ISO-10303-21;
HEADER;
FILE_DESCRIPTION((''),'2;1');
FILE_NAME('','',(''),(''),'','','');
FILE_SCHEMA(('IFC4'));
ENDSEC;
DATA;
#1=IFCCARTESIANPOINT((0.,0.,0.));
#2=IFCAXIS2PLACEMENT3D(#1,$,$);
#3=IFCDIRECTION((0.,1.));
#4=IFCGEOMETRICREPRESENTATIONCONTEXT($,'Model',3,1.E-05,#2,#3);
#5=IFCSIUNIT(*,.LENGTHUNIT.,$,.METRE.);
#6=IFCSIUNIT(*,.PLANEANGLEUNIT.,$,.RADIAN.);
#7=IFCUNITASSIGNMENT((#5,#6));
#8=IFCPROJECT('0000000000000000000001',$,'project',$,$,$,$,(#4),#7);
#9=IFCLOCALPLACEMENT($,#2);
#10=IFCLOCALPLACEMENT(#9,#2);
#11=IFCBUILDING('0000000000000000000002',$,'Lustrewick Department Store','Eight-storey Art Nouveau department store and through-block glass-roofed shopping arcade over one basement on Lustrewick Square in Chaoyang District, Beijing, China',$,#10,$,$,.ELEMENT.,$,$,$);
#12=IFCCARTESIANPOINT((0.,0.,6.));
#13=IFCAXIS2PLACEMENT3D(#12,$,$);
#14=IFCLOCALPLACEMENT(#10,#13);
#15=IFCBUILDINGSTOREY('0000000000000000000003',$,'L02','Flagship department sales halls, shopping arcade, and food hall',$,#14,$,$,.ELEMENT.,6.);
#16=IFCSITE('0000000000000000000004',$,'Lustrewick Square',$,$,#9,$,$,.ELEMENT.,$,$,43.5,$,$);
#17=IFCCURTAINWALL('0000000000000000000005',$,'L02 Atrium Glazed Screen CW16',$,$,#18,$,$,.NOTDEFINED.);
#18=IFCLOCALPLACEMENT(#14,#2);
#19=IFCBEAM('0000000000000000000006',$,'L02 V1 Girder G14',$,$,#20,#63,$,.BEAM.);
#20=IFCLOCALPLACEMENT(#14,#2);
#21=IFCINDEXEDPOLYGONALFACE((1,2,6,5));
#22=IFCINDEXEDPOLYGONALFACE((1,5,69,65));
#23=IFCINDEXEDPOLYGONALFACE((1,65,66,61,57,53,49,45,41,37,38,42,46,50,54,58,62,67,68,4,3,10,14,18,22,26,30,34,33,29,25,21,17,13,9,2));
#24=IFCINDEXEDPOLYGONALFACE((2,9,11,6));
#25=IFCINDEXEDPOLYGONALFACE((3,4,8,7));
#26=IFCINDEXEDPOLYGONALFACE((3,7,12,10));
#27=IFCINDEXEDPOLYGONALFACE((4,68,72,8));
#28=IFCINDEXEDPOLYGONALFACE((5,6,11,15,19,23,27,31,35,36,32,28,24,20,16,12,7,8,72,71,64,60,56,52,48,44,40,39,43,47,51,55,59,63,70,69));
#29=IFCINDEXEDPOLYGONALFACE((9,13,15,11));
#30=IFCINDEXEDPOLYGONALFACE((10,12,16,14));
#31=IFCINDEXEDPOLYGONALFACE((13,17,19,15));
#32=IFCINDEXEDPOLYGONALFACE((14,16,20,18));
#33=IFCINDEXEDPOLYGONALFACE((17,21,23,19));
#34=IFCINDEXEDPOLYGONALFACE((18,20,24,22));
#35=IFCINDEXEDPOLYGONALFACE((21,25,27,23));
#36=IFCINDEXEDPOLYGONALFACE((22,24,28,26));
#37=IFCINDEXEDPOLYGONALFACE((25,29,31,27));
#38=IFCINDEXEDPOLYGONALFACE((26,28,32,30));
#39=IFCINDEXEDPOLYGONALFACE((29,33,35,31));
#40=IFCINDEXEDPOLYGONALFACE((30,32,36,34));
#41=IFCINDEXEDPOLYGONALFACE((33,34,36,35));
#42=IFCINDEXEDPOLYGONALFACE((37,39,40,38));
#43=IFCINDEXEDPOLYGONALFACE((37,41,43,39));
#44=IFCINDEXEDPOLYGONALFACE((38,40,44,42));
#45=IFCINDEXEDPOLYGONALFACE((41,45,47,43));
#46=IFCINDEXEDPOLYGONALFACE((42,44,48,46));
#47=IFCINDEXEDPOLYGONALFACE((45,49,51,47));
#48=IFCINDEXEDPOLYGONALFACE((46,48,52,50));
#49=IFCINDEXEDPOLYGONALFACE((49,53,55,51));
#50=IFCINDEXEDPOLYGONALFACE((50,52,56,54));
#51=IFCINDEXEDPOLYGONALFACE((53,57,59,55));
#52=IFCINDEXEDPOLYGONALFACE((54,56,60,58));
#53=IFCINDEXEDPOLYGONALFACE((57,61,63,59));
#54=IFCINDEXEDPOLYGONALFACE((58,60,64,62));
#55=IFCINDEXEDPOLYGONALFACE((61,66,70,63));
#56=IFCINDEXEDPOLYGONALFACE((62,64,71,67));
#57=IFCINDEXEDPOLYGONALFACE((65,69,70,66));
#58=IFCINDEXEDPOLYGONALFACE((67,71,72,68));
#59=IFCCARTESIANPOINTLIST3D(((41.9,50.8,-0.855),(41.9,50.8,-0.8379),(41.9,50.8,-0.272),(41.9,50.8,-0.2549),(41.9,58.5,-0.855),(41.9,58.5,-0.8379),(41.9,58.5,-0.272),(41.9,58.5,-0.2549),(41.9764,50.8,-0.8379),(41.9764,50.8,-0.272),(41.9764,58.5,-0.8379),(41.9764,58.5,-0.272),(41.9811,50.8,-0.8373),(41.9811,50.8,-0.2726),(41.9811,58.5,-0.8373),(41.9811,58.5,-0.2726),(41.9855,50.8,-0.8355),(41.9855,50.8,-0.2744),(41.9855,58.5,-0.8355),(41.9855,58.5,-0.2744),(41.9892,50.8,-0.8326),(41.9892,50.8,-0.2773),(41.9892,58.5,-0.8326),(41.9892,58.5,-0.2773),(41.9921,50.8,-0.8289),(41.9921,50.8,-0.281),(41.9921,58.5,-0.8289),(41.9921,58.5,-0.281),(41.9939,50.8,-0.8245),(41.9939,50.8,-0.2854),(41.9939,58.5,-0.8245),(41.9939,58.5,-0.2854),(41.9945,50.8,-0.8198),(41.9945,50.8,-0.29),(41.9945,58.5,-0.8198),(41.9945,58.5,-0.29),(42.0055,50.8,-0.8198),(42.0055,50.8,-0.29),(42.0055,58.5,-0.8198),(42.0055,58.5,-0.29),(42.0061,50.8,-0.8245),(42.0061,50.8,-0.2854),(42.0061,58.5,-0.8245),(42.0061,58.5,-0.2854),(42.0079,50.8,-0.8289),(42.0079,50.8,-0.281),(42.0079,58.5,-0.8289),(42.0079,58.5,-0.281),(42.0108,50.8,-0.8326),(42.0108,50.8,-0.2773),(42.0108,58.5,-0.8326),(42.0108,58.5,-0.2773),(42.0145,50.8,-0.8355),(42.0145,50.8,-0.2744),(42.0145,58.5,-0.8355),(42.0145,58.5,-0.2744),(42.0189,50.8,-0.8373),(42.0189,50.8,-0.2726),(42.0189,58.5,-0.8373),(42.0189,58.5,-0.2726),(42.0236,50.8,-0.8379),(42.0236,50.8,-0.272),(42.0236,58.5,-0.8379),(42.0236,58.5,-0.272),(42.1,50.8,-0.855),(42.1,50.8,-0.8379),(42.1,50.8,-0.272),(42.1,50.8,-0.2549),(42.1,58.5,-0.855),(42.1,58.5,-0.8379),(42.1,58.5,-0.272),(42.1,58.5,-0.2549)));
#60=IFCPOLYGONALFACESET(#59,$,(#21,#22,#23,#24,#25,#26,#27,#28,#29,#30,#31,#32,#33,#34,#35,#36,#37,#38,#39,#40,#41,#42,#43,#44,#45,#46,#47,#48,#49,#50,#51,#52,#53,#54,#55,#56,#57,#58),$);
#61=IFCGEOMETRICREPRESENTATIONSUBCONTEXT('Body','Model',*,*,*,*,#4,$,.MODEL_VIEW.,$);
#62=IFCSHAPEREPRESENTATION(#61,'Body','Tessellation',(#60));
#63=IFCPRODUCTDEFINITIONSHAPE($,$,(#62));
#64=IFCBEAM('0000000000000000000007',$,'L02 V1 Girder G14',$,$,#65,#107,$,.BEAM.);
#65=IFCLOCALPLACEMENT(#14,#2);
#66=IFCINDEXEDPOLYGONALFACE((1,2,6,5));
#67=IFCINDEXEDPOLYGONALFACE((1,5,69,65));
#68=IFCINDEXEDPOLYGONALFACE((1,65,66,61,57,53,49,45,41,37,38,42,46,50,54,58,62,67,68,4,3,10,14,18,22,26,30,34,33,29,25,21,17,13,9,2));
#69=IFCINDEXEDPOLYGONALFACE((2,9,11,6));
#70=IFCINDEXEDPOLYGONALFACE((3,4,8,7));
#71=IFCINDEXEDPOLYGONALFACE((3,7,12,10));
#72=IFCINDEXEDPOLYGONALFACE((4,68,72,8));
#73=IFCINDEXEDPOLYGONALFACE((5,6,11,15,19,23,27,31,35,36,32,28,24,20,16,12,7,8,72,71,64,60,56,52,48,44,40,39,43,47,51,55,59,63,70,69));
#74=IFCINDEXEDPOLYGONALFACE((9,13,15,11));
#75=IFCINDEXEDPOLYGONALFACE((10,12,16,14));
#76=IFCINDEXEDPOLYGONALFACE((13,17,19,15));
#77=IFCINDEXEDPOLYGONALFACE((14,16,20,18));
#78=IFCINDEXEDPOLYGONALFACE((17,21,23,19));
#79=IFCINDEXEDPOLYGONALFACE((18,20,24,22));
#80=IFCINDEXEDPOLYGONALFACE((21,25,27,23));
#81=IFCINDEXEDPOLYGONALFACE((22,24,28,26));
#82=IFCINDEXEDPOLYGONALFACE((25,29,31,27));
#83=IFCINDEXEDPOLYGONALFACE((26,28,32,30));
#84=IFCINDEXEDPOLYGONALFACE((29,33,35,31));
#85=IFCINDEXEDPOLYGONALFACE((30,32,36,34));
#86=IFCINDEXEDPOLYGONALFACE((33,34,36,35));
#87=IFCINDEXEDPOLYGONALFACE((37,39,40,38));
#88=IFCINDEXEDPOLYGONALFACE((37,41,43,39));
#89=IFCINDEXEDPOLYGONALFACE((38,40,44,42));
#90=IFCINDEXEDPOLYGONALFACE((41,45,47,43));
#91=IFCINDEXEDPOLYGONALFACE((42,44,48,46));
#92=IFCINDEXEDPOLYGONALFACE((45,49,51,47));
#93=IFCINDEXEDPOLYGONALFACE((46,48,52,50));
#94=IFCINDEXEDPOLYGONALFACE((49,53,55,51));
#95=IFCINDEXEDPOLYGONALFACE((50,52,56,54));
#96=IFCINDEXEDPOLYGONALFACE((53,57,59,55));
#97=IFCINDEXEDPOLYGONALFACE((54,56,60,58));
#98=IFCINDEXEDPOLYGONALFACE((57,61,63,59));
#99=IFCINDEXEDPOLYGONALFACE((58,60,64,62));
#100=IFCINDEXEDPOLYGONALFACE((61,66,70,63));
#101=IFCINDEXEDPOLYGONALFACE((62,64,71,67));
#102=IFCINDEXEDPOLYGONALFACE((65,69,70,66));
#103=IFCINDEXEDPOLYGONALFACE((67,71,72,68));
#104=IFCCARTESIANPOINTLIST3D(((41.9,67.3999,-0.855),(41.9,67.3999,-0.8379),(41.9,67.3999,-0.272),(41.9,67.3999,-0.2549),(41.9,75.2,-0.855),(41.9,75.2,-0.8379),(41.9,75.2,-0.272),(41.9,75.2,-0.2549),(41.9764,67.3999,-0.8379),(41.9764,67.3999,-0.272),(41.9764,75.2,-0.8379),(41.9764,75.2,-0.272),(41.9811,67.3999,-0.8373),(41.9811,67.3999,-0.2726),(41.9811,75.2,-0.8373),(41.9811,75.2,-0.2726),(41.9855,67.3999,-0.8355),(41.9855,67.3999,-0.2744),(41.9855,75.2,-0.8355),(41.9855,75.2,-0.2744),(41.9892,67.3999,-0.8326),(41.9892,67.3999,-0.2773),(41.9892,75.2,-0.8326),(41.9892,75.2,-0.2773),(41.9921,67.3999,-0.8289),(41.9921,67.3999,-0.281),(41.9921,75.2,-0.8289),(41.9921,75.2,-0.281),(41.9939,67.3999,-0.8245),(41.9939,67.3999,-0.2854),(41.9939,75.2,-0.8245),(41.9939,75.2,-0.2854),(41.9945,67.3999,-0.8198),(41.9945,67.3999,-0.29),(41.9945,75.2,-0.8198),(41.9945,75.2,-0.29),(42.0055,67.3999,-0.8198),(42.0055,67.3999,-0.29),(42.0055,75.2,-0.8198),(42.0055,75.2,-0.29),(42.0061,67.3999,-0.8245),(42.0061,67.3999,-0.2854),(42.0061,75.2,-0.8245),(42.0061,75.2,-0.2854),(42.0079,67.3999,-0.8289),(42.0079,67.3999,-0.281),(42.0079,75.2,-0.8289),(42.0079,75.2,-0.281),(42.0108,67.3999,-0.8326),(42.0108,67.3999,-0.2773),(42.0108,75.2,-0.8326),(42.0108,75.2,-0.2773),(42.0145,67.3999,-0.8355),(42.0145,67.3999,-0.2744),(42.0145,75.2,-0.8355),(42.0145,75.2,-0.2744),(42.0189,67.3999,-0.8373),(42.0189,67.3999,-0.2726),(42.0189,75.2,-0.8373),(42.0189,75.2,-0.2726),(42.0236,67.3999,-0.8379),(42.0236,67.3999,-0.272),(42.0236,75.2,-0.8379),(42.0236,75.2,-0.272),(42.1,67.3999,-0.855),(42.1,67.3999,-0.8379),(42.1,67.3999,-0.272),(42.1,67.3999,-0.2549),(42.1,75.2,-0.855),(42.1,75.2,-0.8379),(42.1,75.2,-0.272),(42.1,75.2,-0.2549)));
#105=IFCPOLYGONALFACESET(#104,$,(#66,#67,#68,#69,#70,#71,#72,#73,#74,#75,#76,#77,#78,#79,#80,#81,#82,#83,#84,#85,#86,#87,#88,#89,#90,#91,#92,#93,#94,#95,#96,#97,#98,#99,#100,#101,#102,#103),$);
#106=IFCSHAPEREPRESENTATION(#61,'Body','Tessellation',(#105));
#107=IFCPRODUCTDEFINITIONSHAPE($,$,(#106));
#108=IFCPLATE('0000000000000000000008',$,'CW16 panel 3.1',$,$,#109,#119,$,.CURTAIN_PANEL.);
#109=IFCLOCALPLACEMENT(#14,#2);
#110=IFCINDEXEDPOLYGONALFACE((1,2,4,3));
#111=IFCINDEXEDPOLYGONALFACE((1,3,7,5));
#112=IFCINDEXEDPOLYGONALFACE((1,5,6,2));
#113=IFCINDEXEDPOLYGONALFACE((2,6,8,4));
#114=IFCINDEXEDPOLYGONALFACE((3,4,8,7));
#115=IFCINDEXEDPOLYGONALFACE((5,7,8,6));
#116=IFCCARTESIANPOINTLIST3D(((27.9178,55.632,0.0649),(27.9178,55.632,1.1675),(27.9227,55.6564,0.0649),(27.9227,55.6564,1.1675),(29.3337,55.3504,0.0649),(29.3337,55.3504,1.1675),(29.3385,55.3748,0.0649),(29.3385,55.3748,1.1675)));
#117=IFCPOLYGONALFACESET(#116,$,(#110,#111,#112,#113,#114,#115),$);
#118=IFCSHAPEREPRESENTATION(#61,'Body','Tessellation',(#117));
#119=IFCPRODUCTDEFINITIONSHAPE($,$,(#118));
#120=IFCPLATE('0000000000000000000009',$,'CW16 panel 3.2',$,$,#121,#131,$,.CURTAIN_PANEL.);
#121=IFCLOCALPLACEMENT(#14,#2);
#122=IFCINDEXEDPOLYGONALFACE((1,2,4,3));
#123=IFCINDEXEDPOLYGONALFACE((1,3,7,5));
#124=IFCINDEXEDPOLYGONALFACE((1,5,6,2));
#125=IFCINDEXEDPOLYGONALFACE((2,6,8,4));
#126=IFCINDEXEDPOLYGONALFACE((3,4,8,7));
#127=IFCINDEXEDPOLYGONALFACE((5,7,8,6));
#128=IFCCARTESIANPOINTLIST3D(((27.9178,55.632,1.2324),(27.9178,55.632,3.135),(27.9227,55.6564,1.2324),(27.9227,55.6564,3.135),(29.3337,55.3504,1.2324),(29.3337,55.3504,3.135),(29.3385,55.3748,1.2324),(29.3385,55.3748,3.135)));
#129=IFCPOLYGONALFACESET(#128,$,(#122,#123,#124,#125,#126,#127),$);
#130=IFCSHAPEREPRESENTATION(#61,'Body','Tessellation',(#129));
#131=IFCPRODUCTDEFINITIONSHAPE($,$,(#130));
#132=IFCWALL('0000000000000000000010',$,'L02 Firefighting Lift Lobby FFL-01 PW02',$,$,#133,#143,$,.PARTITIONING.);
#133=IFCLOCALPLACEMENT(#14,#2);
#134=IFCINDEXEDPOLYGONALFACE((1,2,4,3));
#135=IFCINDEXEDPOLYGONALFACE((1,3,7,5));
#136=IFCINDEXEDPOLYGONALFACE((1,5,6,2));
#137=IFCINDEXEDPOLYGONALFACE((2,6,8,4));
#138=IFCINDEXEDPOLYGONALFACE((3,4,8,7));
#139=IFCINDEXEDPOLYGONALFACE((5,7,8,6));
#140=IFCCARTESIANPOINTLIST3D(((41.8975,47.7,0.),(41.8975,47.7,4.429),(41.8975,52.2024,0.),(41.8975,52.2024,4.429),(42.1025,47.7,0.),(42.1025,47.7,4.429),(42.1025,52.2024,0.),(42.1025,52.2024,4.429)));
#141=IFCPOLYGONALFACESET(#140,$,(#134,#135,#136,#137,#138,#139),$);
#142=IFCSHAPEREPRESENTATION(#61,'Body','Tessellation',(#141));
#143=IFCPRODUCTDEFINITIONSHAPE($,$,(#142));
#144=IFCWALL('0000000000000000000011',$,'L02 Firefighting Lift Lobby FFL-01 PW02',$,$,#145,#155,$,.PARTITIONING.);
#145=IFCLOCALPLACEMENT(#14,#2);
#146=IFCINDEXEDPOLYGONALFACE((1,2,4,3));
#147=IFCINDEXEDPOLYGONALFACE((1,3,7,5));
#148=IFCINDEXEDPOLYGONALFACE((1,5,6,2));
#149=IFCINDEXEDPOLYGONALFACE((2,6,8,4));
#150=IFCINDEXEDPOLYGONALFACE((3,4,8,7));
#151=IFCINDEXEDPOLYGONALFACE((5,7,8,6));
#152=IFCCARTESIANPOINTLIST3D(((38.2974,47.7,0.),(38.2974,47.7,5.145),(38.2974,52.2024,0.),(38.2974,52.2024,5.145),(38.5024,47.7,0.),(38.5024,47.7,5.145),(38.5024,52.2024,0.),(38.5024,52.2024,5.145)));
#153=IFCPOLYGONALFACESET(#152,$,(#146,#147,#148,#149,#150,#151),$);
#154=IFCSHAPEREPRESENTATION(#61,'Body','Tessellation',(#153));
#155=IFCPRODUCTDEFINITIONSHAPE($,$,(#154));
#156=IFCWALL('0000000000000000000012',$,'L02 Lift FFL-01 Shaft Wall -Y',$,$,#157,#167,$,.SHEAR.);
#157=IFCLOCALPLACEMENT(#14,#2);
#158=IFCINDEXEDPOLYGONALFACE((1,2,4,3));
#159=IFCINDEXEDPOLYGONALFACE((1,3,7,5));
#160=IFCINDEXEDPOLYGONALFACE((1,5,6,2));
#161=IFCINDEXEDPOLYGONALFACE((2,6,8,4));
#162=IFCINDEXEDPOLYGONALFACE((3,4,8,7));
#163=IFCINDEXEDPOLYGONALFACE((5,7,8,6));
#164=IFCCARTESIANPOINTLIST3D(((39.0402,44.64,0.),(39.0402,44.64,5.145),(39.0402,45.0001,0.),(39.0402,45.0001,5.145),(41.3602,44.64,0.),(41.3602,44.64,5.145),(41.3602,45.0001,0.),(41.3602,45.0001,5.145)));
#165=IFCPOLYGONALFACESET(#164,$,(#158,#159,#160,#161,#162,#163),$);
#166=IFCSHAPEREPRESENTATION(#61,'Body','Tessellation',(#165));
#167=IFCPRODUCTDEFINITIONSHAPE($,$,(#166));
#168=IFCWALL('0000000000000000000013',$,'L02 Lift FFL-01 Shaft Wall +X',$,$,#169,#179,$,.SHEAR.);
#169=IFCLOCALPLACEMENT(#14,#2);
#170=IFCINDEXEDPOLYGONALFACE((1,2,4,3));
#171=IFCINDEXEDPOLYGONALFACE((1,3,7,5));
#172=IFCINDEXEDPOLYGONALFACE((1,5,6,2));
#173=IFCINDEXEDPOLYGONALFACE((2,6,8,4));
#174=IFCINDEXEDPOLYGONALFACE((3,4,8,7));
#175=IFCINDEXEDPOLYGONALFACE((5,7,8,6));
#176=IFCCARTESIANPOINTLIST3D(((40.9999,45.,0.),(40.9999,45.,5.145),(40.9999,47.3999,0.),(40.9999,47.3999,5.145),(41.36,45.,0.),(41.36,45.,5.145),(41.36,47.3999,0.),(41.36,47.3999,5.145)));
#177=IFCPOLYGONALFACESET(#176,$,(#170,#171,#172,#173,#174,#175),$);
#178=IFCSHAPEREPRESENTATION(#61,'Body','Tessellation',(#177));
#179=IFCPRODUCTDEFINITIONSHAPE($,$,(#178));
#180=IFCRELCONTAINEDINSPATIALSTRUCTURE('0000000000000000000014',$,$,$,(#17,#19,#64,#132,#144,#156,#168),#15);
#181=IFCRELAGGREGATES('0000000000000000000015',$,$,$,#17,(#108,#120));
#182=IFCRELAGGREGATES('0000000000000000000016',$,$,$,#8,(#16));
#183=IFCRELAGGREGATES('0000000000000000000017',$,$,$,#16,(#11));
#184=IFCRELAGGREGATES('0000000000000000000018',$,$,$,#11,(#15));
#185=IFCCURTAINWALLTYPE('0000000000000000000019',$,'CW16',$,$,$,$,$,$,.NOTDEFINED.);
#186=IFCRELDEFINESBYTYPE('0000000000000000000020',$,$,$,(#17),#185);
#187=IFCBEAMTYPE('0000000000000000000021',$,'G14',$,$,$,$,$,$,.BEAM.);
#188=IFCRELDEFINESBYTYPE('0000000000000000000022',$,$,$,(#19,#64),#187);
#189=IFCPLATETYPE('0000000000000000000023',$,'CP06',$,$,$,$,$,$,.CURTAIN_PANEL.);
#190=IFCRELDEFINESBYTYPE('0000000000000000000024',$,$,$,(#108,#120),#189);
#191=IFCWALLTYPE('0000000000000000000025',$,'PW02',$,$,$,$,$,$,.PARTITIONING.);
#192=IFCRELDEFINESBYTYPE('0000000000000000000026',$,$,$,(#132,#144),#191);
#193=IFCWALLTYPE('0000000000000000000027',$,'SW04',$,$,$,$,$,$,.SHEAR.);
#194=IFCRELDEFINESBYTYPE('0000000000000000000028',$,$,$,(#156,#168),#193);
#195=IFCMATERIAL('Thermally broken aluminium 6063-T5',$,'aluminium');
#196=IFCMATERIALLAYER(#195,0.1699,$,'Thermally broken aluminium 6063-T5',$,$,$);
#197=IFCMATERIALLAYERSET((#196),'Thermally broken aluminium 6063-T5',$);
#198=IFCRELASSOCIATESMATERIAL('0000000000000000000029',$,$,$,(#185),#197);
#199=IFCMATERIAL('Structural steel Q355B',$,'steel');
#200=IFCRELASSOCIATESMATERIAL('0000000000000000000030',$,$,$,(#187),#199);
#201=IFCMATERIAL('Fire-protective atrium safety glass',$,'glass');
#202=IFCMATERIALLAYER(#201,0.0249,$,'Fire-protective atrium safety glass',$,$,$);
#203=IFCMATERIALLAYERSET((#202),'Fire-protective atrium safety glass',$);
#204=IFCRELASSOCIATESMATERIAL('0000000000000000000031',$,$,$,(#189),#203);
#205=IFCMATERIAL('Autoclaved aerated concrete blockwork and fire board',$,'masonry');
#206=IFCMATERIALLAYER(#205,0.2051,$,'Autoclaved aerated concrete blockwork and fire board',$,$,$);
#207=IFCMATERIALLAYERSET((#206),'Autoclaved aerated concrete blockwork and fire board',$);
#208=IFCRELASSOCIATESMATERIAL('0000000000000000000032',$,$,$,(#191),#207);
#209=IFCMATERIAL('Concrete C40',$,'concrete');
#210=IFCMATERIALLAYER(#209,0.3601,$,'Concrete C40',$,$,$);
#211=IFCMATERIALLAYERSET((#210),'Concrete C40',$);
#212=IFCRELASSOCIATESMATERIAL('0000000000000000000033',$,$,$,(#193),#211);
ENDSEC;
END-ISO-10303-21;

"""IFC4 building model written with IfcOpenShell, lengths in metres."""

from ifc_helpers import new_model, si_unit, direction, frame, frame_2d, origin, origin_2d, place, context, subcontext, project, spatial, rectangle, i_section, extrude, material, layer, layer_set, material_profile, profile_set, type_object, element, aggregate, save


model = new_model("IFC4")

# Units and contexts
model_context = context("Model", 3, precision=1e-05, world=origin(), true_north=direction((0.0, 1.0)))
body_context = subcontext(model_context, "Body", "Model", "MODEL_VIEW")
ifc_project = project(units=[si_unit("LENGTHUNIT", "METRE"), si_unit("PLANEANGLEUNIT", "RADIAN")], contexts=[model_context])

# Site, building, storey
site_placement = place(None, origin())
site = spatial("IfcSite", under=ifc_project, at=site_placement, Name="Lustrewick Square", CompositionType="ELEMENT", RefElevation=43.5)
building_placement = place(site_placement, origin())
building = spatial("IfcBuilding", under=site, at=building_placement, Name="Lustrewick Department Store", Description="Eight-storey Art Nouveau department store and through-block glass-roofed shopping arcade over one basement on Lustrewick Square in Chaoyang District, Beijing, China", CompositionType="ELEMENT")
storey_placement = place(building_placement, frame((0.0, 0.0, 6.0)))
storey = spatial("IfcBuildingStorey", under=building, at=storey_placement, Name="L02", Description="Flagship department sales halls, shopping arcade, and food hall", CompositionType="ELEMENT", Elevation=6.0)

# Shared definitions
ifc_material_1 = material(Name="Concrete C40", Category="concrete")

# Curtain wall
ifc_material_2 = material(Name="Thermally broken aluminium 6063-T5", Category="aluminium")
ifc_layer_1 = layer(ifc_material_2, 0.1699, Name="Thermally broken aluminium 6063-T5")
ifc_layer_set_1 = layer_set([ifc_layer_1], Name="Thermally broken aluminium 6063-T5")
curtain_wall_type_1 = type_object("IfcCurtainWallType", Name="CW16", PredefinedType="NOTDEFINED", material=ifc_layer_set_1)
curtain_wall_1_placement = place(storey_placement, origin())
curtain_wall_1 = element("IfcCurtainWall", 1, at=curtain_wall_1_placement, inside=storey, type_object=curtain_wall_type_1, Name="L02 Atrium Glazed Screen CW16", PredefinedType="NOTDEFINED")

# Beams
ifc_material_3 = material(Name="Structural steel Q355B", Category="steel")
ifc_material_profile_1 = material_profile(ifc_material_3, i_section(OverallWidth=0.2, OverallDepth=0.6001, WebThickness=0.011, FlangeThickness=0.0171, FilletRadius=0.0181, at=origin_2d()), Name="HN 600x200x11x17")
ifc_profile_set_1 = profile_set([ifc_material_profile_1], Name="Structural steel Q355B")
beam_type_1 = type_object("IfcBeamType", Name="G14", PredefinedType="BEAM", material=ifc_profile_set_1)
beam_1_placement = place(storey_placement, frame((42.0, 50.8, -0.5549), z_axis=(0.0, 1.0, 0.0), x_axis=(-1.0, 0.0, 0.0)))
element("IfcBeam", 2, at=beam_1_placement, inside=storey, type_object=beam_type_1, Name="L02 V1 Girder G14", PredefinedType="BEAM", context=body_context, shape_type="SweptSolid", body=[
    extrude(i_section(OverallWidth=0.2, OverallDepth=0.6001, WebThickness=0.011, FlangeThickness=0.0171, FilletRadius=0.0181, at=origin_2d()), origin(), (0.0, 0.0, 1.0), 7.7),
])
beam_2_placement = place(storey_placement, frame((42.0, 67.3999, -0.5549), z_axis=(0.0, 1.0, 0.0), x_axis=(-1.0, 0.0, 0.0)))
element("IfcBeam", 3, at=beam_2_placement, inside=storey, type_object=beam_type_1, Name="L02 V1 Girder G14", PredefinedType="BEAM", context=body_context, shape_type="SweptSolid", body=[
    extrude(i_section(OverallWidth=0.2, OverallDepth=0.6001, WebThickness=0.011, FlangeThickness=0.0171, FilletRadius=0.0181, at=origin_2d()), origin(), (0.0, 0.0, 1.0), 7.8),
])

# Plates
ifc_material_4 = material(Name="Fire-protective atrium safety glass", Category="glass")
ifc_layer_2 = layer(ifc_material_4, 0.0249, Name="Fire-protective atrium safety glass")
ifc_layer_set_2 = layer_set([ifc_layer_2], Name="Fire-protective atrium safety glass")
plate_type = type_object("IfcPlateType", Name="CP06", PredefinedType="CURTAIN_PANEL", material=ifc_layer_set_2)
plate_1_placement = place(storey_placement, frame((28.6282, 55.5034, 0.0649), z_axis=(0.0, 0.0, 1.0), x_axis=(0.980786, -0.195085, 0.0)))
plate_1 = element("IfcPlate", 4, at=plate_1_placement, type_object=plate_type, Name="CW16 panel 3.1", PredefinedType="CURTAIN_PANEL", context=body_context, shape_type="SweptSolid", body=[
    extrude(rectangle(XDim=1.4436, YDim=0.0249, at=origin_2d()), origin(), (0.0, 0.0, 1.0), 1.1025),
])
plate_2_placement = place(storey_placement, frame((28.6282, 55.5034, 1.2324), z_axis=(0.0, 0.0, 1.0), x_axis=(0.980786, -0.195085, 0.0)))
plate_2 = element("IfcPlate", 5, at=plate_2_placement, type_object=plate_type, Name="CW16 panel 3.2", PredefinedType="CURTAIN_PANEL", context=body_context, shape_type="SweptSolid", body=[
    extrude(rectangle(XDim=1.4436, YDim=0.0249, at=origin_2d()), origin(), (0.0, 0.0, 1.0), 1.9026),
])
aggregate(curtain_wall_1, [plate_1, plate_2])

# Shared definitions
ifc_material_5 = material(Name="Autoclaved aerated concrete blockwork and fire board", Category="masonry")
ifc_layer_3 = layer(ifc_material_5, 0.2051, Name="Autoclaved aerated concrete blockwork and fire board")
ifc_layer_set_3 = layer_set([ifc_layer_3], Name="Autoclaved aerated concrete blockwork and fire board")
wall_type_1 = type_object("IfcWallType", Name="PW02", PredefinedType="PARTITIONING", material=ifc_layer_set_3)

# Walls
wall_1_placement = place(storey_placement, frame((42.0, 47.7, 0.0), z_axis=(0.0, 0.0, 1.0), x_axis=(0.0, 1.0, 0.0)))
element("IfcWall", 6, at=wall_1_placement, inside=storey, type_object=wall_type_1, Name="L02 Firefighting Lift Lobby FFL-01 PW02", PredefinedType="PARTITIONING", context=body_context, shape_type="SweptSolid", body=[
    extrude(rectangle(XDim=4.5024, YDim=0.2051, at=frame_2d((2.2512, 0.0))), origin(), (0.0, 0.0, 1.0), 4.429),
])
wall_2_placement = place(storey_placement, frame((38.3999, 52.2024, 0.0), z_axis=(0.0, 0.0, 1.0), x_axis=(0.0, -1.0, 0.0)))
element("IfcWall", 7, at=wall_2_placement, inside=storey, type_object=wall_type_1, Name="L02 Firefighting Lift Lobby FFL-01 PW02", PredefinedType="PARTITIONING", context=body_context, shape_type="SweptSolid", body=[
    extrude(rectangle(XDim=4.5024, YDim=0.2051, at=frame_2d((2.2512, 0.0))), origin(), (0.0, 0.0, 1.0), 5.145),
])
ifc_layer_4 = layer(ifc_material_1, 0.3601, Name="Concrete C40")
ifc_layer_set_4 = layer_set([ifc_layer_4], Name="Concrete C40")
wall_type_2 = type_object("IfcWallType", Name="SW04", PredefinedType="SHEAR", material=ifc_layer_set_4)
wall_3_placement = place(storey_placement, frame((39.04, 44.8201, 0.0), z_axis=(0.0, 0.0, 1.0), x_axis=(1.0, 0.0, 0.0)))
element("IfcWall", 8, at=wall_3_placement, inside=storey, type_object=wall_type_2, Name="L02 Lift FFL-01 Shaft Wall -Y", PredefinedType="SHEAR", context=body_context, shape_type="SweptSolid", body=[
    extrude(rectangle(XDim=2.3201, YDim=0.3601, at=frame_2d((1.1602, 0.0))), origin(), (0.0, 0.0, 1.0), 5.145),
])
wall_4_placement = place(storey_placement, frame((41.1799, 45.0, 0.0), z_axis=(0.0, 0.0, 1.0), x_axis=(0.0, 1.0, 0.0)))
element("IfcWall", 9, at=wall_4_placement, inside=storey, type_object=wall_type_2, Name="L02 Lift FFL-01 Shaft Wall +X", PredefinedType="SHEAR", context=body_context, shape_type="SweptSolid", body=[
    extrude(rectangle(XDim=2.3999, YDim=0.3601, at=frame_2d((1.2, 0.0))), origin(), (0.0, 0.0, 1.0), 5.145),
])

save(model, "model.ifc")
